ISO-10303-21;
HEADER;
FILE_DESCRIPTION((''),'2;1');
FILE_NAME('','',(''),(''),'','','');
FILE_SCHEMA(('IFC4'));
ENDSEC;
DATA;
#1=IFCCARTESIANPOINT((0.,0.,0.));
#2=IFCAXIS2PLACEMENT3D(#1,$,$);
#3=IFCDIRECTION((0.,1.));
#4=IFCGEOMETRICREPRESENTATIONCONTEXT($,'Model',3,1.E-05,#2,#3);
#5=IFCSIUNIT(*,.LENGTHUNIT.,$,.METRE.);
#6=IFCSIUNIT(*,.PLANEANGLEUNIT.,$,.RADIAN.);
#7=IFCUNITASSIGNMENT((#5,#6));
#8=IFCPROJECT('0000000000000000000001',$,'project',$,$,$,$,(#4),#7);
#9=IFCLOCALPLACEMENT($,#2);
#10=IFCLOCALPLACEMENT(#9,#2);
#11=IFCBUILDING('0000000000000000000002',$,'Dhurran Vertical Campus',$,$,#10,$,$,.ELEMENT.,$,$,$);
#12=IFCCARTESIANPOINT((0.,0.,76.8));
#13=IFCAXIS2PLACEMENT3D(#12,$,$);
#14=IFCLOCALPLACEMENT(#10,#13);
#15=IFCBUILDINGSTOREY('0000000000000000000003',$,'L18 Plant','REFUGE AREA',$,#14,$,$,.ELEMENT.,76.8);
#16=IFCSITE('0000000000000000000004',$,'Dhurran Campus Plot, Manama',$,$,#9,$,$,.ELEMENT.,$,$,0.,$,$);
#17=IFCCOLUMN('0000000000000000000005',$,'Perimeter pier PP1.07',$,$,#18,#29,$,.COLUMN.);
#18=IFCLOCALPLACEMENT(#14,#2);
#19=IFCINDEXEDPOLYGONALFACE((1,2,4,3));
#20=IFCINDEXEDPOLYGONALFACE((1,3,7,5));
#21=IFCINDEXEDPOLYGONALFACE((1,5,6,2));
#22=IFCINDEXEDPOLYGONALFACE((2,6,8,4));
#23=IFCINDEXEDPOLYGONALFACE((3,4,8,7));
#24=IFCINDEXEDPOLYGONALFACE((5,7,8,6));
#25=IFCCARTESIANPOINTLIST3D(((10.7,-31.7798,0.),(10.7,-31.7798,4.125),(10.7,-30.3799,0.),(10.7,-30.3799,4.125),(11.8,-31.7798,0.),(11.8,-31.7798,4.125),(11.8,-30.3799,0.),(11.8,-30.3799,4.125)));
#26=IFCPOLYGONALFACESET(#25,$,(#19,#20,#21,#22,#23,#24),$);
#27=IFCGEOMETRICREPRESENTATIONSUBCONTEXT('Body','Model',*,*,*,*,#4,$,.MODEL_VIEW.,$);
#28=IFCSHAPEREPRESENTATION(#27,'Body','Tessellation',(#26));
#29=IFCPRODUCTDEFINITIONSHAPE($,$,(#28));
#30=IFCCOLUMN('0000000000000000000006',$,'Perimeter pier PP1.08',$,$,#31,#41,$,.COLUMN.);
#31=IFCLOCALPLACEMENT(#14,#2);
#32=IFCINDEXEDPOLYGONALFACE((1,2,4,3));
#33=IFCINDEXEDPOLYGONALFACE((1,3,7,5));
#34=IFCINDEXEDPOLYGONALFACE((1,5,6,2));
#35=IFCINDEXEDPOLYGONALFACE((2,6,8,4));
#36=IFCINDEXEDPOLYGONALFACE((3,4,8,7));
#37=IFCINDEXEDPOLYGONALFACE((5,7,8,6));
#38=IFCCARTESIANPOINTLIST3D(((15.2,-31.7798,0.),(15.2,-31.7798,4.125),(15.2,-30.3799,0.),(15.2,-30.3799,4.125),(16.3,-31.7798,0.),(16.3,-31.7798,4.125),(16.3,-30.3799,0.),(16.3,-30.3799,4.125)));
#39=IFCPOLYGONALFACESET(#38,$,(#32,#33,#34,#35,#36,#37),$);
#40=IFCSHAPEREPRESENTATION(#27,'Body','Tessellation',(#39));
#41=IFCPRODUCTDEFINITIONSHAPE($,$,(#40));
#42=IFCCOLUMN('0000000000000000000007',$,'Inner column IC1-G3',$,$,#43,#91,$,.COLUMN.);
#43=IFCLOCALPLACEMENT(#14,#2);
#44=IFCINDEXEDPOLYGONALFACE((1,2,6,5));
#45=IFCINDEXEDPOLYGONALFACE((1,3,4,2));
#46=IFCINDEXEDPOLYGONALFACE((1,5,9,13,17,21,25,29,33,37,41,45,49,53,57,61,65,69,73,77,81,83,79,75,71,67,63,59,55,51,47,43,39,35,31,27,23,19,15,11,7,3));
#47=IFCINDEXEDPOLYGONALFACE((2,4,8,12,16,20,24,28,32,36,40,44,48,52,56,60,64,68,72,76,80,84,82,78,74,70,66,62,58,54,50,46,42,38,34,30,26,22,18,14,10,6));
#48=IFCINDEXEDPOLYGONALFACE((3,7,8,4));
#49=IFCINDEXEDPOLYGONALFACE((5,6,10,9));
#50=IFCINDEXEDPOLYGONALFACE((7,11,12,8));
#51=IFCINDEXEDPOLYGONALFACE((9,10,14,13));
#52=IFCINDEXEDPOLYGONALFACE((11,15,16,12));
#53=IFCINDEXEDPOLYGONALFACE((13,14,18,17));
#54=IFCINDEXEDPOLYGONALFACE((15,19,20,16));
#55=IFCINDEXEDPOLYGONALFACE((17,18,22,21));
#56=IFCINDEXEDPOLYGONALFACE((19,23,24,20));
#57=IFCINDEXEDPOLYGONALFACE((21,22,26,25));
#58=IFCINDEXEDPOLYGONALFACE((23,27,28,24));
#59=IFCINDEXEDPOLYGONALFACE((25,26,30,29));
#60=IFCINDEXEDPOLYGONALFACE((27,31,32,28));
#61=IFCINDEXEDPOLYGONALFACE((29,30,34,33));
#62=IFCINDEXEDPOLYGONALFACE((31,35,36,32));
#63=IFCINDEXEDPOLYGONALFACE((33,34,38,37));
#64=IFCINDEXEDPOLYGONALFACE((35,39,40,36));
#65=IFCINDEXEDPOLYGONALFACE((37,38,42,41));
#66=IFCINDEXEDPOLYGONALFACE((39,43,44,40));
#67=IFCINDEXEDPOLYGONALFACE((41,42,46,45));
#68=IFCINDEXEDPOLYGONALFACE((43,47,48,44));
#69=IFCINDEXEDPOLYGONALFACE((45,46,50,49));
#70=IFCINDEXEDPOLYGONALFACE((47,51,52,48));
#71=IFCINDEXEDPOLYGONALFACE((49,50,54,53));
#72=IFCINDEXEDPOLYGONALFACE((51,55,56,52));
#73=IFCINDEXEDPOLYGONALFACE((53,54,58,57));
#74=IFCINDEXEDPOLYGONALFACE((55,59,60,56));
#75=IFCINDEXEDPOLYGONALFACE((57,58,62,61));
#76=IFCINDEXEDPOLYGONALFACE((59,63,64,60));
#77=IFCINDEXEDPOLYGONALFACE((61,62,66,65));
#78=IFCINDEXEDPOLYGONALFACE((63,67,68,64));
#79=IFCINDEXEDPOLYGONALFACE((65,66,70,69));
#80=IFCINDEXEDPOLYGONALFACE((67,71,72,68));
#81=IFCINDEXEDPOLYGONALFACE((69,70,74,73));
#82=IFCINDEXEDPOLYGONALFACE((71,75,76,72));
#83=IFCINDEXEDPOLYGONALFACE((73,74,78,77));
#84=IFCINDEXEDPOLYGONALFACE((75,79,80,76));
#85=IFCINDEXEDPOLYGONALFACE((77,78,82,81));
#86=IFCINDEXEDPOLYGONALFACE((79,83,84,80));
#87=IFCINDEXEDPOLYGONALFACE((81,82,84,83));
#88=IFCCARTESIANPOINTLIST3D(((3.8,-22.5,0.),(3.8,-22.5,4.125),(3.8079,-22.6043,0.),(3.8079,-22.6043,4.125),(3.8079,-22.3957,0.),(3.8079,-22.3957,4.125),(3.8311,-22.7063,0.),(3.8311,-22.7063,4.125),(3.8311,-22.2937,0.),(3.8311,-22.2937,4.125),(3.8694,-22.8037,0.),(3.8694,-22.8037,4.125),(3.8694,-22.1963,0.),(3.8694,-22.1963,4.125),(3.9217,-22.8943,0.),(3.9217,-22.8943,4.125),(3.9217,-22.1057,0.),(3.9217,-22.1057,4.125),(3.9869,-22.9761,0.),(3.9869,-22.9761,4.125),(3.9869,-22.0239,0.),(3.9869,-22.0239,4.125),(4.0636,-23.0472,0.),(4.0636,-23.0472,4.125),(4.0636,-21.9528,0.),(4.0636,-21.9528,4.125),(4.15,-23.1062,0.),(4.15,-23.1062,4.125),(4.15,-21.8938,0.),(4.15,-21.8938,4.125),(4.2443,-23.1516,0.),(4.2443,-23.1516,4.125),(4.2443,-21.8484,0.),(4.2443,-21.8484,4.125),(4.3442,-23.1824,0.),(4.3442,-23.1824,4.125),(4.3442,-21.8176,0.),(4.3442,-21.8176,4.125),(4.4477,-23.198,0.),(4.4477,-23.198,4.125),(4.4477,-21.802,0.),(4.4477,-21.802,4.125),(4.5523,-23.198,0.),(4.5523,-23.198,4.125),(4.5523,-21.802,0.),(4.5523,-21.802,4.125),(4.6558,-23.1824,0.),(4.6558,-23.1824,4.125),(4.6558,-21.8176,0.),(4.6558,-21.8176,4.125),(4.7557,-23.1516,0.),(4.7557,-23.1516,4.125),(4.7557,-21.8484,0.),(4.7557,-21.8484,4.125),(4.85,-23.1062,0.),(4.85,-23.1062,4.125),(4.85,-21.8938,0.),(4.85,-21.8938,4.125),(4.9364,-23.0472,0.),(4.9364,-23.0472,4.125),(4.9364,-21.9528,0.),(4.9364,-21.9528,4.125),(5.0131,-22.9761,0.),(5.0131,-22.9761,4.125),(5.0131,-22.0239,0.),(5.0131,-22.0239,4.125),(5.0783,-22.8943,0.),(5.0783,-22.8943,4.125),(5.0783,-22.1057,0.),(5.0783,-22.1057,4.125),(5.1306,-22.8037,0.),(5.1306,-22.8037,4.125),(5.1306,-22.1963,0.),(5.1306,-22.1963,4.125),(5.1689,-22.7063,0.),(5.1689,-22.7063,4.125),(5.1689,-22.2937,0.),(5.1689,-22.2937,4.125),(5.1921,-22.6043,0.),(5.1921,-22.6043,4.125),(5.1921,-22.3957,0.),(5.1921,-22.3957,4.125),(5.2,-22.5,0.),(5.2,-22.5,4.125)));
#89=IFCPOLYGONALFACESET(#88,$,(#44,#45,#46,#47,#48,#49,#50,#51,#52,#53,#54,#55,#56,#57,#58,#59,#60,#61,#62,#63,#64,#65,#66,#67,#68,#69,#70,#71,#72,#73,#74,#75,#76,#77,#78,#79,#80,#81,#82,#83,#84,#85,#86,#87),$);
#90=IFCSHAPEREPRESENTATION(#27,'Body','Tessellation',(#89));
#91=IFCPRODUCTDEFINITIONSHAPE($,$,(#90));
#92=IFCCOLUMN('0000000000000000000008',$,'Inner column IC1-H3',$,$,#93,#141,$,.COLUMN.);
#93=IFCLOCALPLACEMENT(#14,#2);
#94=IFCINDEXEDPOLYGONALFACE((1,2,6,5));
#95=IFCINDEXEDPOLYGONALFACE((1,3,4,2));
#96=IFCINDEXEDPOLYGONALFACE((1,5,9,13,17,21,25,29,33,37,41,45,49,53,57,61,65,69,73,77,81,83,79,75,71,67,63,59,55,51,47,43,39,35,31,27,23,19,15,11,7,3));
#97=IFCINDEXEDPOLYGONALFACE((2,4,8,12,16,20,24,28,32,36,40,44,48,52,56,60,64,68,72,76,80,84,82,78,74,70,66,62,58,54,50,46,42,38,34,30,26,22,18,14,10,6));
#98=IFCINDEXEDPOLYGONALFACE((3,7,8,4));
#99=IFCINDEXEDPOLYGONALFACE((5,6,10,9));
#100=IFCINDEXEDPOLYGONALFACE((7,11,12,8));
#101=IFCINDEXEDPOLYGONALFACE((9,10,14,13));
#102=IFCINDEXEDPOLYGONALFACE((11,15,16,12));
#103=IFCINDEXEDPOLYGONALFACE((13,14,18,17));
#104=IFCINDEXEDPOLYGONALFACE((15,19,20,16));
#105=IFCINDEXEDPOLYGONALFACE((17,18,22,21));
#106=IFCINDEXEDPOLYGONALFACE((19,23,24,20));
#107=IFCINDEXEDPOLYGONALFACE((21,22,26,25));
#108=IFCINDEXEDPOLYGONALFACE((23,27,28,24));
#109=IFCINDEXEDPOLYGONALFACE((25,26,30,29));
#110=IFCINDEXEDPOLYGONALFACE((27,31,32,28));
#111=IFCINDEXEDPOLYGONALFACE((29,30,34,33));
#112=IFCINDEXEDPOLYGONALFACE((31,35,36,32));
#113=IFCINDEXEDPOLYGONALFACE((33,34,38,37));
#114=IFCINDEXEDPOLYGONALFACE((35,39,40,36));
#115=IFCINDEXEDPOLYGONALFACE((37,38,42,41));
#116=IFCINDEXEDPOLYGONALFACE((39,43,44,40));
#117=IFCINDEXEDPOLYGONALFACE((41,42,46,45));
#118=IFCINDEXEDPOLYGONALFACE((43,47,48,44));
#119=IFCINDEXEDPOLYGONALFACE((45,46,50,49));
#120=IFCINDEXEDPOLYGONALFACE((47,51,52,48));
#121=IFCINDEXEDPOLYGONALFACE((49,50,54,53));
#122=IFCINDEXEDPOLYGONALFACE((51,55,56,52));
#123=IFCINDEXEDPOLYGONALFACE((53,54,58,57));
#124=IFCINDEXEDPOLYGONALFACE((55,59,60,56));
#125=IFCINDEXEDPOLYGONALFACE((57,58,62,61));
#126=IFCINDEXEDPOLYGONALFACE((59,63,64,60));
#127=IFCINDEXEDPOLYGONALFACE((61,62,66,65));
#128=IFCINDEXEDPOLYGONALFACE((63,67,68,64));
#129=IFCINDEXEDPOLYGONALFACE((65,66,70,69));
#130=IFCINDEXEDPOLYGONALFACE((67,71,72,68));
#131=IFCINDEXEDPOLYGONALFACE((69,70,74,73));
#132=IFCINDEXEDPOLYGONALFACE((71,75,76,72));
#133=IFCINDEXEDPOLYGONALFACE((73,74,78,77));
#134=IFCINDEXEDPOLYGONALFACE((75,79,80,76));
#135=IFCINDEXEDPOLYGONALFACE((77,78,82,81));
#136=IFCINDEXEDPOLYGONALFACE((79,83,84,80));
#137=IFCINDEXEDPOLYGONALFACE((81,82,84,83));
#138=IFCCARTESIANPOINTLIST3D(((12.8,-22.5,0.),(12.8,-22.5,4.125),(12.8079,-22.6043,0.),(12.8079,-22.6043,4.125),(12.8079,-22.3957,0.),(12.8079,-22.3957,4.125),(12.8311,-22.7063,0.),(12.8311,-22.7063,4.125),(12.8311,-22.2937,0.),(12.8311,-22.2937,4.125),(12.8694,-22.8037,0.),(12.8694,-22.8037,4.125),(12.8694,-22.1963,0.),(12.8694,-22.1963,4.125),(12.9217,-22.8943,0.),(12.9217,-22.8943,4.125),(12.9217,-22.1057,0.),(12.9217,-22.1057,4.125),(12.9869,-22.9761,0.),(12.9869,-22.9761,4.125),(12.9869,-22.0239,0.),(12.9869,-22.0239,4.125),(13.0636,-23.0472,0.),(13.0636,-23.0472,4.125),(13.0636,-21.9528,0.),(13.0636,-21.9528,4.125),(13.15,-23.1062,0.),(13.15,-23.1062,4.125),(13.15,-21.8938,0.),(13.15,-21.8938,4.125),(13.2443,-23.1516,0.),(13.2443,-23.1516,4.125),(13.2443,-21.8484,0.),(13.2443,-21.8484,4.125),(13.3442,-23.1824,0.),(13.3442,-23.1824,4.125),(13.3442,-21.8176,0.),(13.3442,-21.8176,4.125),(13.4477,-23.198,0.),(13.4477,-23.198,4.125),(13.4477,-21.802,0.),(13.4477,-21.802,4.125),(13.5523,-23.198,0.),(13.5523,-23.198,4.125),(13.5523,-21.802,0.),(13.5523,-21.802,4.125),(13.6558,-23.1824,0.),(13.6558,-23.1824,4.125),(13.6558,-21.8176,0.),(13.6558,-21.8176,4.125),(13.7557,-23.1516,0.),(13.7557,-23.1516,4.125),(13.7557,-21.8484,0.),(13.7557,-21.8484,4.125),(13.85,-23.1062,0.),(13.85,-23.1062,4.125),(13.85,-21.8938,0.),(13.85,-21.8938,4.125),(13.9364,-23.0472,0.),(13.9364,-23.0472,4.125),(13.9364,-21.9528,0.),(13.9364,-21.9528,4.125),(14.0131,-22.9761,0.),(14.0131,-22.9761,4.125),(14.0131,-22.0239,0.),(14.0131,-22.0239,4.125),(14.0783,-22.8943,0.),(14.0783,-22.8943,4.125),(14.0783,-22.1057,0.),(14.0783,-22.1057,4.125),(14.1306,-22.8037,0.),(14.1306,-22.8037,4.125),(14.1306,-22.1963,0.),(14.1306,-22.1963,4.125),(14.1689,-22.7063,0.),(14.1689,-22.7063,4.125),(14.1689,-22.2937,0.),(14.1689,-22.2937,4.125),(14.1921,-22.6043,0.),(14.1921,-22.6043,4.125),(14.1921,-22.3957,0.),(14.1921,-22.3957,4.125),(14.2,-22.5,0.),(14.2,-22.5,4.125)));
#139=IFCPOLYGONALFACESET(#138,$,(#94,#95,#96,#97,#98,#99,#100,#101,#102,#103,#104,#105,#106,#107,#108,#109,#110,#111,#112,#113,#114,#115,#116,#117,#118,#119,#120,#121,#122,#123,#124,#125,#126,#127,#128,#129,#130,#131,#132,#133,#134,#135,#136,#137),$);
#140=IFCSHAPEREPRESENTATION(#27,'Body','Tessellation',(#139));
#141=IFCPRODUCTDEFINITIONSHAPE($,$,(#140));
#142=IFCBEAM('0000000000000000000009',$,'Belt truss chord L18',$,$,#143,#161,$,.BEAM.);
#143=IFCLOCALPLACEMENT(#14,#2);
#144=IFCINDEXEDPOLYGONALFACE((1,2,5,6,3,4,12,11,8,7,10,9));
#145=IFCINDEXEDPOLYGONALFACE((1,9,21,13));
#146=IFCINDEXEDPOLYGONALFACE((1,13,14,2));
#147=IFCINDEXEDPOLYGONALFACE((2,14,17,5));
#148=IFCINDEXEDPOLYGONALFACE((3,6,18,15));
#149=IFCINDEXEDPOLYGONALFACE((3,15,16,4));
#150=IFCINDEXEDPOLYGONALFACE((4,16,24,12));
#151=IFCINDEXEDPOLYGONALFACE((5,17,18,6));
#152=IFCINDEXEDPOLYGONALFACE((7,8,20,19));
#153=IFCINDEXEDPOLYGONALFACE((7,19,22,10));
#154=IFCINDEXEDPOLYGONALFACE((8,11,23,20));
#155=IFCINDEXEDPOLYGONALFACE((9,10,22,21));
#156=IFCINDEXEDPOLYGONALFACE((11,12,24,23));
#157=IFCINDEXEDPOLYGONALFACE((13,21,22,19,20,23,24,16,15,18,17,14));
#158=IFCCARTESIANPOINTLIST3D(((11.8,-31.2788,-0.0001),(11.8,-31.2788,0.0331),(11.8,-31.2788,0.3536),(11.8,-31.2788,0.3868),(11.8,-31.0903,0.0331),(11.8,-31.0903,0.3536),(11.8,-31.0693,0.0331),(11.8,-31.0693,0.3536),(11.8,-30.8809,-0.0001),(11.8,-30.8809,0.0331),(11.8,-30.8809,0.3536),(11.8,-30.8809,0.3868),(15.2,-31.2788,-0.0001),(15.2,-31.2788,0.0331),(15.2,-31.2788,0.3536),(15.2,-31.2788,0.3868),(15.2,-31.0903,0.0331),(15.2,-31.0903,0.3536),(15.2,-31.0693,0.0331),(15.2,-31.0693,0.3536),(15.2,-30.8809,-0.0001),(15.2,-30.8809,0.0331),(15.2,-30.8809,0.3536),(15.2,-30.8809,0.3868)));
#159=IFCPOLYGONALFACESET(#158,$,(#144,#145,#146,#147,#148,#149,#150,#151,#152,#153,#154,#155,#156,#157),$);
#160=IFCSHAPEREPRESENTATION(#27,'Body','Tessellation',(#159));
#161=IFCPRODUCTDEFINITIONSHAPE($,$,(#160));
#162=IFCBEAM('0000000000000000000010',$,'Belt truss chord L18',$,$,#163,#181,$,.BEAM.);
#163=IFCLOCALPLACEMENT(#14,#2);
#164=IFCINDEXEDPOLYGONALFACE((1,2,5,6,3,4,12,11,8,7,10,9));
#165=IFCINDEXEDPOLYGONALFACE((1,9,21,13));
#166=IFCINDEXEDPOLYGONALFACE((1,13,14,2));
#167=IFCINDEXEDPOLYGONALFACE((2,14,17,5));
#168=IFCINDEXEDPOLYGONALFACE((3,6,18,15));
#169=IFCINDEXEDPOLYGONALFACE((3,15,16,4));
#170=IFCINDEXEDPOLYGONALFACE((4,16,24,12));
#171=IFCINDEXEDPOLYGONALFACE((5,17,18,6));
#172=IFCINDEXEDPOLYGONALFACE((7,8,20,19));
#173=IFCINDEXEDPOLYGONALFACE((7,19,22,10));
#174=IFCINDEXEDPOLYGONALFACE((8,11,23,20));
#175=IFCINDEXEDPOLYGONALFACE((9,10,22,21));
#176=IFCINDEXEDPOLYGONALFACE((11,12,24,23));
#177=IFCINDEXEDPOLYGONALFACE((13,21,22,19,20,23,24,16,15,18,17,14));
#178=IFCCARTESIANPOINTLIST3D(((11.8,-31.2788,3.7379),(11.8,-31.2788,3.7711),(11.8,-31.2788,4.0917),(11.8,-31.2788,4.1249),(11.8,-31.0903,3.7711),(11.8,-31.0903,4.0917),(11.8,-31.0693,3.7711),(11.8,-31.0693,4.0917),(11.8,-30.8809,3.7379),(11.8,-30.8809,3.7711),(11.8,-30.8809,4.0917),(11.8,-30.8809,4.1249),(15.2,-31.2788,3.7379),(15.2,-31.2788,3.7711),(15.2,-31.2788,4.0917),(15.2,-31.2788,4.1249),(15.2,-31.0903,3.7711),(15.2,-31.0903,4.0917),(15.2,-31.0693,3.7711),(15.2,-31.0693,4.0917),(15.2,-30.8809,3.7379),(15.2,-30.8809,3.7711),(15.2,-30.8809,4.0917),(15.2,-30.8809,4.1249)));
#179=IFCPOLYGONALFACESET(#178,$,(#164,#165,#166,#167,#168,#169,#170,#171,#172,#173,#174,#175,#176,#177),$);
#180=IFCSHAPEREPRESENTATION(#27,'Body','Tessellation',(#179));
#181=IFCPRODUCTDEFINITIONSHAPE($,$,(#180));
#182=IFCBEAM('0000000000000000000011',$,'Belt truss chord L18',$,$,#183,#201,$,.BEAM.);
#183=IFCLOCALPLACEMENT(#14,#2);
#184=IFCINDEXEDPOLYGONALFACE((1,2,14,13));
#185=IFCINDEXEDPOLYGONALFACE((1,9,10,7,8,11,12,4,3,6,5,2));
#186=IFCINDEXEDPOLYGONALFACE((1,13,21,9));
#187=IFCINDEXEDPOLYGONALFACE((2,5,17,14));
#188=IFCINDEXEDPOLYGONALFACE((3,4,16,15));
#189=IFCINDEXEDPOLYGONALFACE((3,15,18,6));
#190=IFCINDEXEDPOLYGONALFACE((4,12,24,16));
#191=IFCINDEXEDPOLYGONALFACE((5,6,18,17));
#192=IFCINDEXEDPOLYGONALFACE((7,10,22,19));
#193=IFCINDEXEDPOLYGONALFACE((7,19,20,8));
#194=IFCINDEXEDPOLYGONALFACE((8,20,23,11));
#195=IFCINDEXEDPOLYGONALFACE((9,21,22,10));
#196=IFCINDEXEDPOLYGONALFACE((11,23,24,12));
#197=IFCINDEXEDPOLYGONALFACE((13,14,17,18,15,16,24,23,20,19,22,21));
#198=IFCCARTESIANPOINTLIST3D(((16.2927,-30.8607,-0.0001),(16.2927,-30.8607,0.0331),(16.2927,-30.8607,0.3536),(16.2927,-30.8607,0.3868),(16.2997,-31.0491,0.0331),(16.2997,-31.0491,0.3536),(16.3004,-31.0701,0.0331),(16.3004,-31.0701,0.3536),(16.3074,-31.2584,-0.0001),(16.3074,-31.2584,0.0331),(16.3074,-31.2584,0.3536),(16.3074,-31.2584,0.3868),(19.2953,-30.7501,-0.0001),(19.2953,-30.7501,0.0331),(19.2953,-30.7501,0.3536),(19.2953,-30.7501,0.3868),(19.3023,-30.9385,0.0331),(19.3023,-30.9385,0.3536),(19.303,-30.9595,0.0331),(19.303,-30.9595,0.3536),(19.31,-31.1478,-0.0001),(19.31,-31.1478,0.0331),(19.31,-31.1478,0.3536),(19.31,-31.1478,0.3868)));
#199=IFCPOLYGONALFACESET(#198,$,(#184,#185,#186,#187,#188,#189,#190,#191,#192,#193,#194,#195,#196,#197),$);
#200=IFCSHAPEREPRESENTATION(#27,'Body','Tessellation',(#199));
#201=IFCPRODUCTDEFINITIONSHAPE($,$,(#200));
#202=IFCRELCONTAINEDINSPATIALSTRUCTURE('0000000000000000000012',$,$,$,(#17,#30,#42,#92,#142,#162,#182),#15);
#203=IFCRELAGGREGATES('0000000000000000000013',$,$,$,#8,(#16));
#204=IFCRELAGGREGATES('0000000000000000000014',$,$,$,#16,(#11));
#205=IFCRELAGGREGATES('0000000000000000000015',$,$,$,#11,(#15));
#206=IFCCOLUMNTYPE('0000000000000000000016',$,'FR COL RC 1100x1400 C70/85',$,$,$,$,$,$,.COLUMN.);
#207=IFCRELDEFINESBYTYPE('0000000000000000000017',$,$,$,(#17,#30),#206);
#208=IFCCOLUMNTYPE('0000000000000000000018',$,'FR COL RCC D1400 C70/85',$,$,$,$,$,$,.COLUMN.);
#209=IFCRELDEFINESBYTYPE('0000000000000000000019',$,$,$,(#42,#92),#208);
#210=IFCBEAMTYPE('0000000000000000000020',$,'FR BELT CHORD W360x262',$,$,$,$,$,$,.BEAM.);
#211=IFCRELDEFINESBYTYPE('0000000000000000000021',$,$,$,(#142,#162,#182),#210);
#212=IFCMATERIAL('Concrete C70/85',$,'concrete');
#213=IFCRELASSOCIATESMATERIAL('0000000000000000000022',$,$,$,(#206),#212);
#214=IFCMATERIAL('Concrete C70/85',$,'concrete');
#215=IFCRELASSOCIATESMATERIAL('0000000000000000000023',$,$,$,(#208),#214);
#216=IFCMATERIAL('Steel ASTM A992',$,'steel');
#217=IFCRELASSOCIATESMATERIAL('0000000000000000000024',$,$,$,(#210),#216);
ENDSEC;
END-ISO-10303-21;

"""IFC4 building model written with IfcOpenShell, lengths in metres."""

from ifc_helpers import new_model, si_unit, direction, frame, origin, origin_2d, place, context, subcontext, project, spatial, rectangle, circle, i_section, extrude, material, material_profile, profile_set, type_object, element, save


model = new_model("IFC4")

# Units and contexts
model_context = context("Model", 3, precision=1e-05, world=origin(), true_north=direction((0.0, 1.0)))
body_context = subcontext(model_context, "Body", "Model", "MODEL_VIEW")
ifc_project = project(units=[si_unit("LENGTHUNIT", "METRE"), si_unit("PLANEANGLEUNIT", "RADIAN")], contexts=[model_context])

# Site, building, storey
site_placement = place(None, origin())
site = spatial("IfcSite", under=ifc_project, at=site_placement, Name="Dhurran Campus Plot, Manama", CompositionType="ELEMENT", RefElevation=0.0)
building_placement = place(site_placement, origin())
building = spatial("IfcBuilding", under=site, at=building_placement, Name="Dhurran Vertical Campus", CompositionType="ELEMENT")
storey_placement = place(building_placement, frame((0.0, 0.0, 76.8)))
storey = spatial("IfcBuildingStorey", under=building, at=storey_placement, Name="L18 Plant", Description="REFUGE AREA", CompositionType="ELEMENT", Elevation=76.8)

# Columns
ifc_material_1 = material(Name="Concrete C70/85", Category="concrete")
ifc_material_profile_1 = material_profile(ifc_material_1, rectangle(XDim=1.1001, YDim=1.3999, at=origin_2d()), Name="RC 1100x1400")
ifc_profile_set_1 = profile_set([ifc_material_profile_1], Name="Concrete C70/85")
column_type_1 = type_object("IfcColumnType", Name="FR COL RC 1100x1400 C70/85", PredefinedType="COLUMN", material=ifc_profile_set_1)
for number, where, z_axis, x_axis, name in (
    (1, (11.25, -31.0798, 0.0), (0.0, 0.0, 1.0), (1.0, 0.0, 0.0), "Perimeter pier PP1.07"),
    (2, (15.75, -31.0798, 0.0), (0.0, 0.0, 1.0), (1.0, 0.0, 0.0), "Perimeter pier PP1.08"),
):
    element("IfcColumn", number, at=place(storey_placement, frame(where, z_axis=z_axis, x_axis=x_axis)), inside=storey, type_object=column_type_1, Name=name, PredefinedType="COLUMN", context=body_context, shape_type="SweptSolid", body=[
        extrude(rectangle(XDim=1.1001, YDim=1.3999, at=origin_2d()), origin(), (0.0, 0.0, 1.0), 4.125),
    ])
ifc_material_2 = material(Name="Concrete C70/85", Category="concrete")
ifc_material_profile_2 = material_profile(ifc_material_2, circle(Radius=0.7, at=origin_2d()), Name="RCC D1400")
ifc_profile_set_2 = profile_set([ifc_material_profile_2], Name="Concrete C70/85")
column_type_2 = type_object("IfcColumnType", Name="FR COL RCC D1400 C70/85", PredefinedType="COLUMN", material=ifc_profile_set_2)
for number, where, z_axis, x_axis, name in (
    (3, (4.5, -22.5, 0.0), (0.0, 0.0, 1.0), (1.0, 0.0, 0.0), "Inner column IC1-G3"),
    (4, (13.5, -22.5, 0.0), (0.0, 0.0, 1.0), (1.0, 0.0, 0.0), "Inner column IC1-H3"),
):
    element("IfcColumn", number, at=place(storey_placement, frame(where, z_axis=z_axis, x_axis=x_axis)), inside=storey, type_object=column_type_2, Name=name, PredefinedType="COLUMN", context=body_context, shape_type="SweptSolid", body=[
        extrude(circle(Radius=0.7, at=origin_2d()), origin(), (0.0, 0.0, 1.0), 4.125),
    ])

# Beams
ifc_material_3 = material(Name="Steel ASTM A992", Category="steel")
ifc_material_profile_3 = material_profile(ifc_material_3, i_section(OverallWidth=0.3979, OverallDepth=0.387, WebThickness=0.021, FlangeThickness=0.0332, at=origin_2d()), Name="W360x262")
ifc_profile_set_3 = profile_set([ifc_material_profile_3], Name="Steel ASTM A992")
beam_type = type_object("IfcBeamType", Name="FR BELT CHORD W360x262", PredefinedType="BEAM", material=ifc_profile_set_3)
for number, where, z_axis, x_axis, name in (
    (5, (11.8, -31.0798, 0.1934), (1.0, 0.0, 0.0), (0.0, 1.0, 0.0), "Belt truss chord L18"),
    (6, (11.8, -31.0798, 3.9314), (1.0, 0.0, 0.0), (0.0, 1.0, 0.0), "Belt truss chord L18"),
):
    element("IfcBeam", number, at=place(storey_placement, frame(where, z_axis=z_axis, x_axis=x_axis)), inside=storey, type_object=beam_type, Name=name, PredefinedType="BEAM", context=body_context, shape_type="SweptSolid", body=[
        extrude(i_section(OverallWidth=0.3979, OverallDepth=0.387, WebThickness=0.021, FlangeThickness=0.0332, at=origin_2d()), origin(), (0.0, 0.0, 1.0), 3.3999),
    ])
for number, where, z_axis, x_axis, name in (
    (7, (16.3, -31.0596, 0.1934), (0.999322, 0.036807, 0.0), (-0.036807, 0.999322, 0.0), "Belt truss chord L18"),
):
    element("IfcBeam", number, at=place(storey_placement, frame(where, z_axis=z_axis, x_axis=x_axis)), inside=storey, type_object=beam_type, Name=name, PredefinedType="BEAM", context=body_context, shape_type="SweptSolid", body=[
        extrude(i_section(OverallWidth=0.3979, OverallDepth=0.387, WebThickness=0.021, FlangeThickness=0.0332, at=origin_2d()), origin(), (0.0, 0.0, 1.0), 3.0046),
    ])

save(model, "model.ifc")
